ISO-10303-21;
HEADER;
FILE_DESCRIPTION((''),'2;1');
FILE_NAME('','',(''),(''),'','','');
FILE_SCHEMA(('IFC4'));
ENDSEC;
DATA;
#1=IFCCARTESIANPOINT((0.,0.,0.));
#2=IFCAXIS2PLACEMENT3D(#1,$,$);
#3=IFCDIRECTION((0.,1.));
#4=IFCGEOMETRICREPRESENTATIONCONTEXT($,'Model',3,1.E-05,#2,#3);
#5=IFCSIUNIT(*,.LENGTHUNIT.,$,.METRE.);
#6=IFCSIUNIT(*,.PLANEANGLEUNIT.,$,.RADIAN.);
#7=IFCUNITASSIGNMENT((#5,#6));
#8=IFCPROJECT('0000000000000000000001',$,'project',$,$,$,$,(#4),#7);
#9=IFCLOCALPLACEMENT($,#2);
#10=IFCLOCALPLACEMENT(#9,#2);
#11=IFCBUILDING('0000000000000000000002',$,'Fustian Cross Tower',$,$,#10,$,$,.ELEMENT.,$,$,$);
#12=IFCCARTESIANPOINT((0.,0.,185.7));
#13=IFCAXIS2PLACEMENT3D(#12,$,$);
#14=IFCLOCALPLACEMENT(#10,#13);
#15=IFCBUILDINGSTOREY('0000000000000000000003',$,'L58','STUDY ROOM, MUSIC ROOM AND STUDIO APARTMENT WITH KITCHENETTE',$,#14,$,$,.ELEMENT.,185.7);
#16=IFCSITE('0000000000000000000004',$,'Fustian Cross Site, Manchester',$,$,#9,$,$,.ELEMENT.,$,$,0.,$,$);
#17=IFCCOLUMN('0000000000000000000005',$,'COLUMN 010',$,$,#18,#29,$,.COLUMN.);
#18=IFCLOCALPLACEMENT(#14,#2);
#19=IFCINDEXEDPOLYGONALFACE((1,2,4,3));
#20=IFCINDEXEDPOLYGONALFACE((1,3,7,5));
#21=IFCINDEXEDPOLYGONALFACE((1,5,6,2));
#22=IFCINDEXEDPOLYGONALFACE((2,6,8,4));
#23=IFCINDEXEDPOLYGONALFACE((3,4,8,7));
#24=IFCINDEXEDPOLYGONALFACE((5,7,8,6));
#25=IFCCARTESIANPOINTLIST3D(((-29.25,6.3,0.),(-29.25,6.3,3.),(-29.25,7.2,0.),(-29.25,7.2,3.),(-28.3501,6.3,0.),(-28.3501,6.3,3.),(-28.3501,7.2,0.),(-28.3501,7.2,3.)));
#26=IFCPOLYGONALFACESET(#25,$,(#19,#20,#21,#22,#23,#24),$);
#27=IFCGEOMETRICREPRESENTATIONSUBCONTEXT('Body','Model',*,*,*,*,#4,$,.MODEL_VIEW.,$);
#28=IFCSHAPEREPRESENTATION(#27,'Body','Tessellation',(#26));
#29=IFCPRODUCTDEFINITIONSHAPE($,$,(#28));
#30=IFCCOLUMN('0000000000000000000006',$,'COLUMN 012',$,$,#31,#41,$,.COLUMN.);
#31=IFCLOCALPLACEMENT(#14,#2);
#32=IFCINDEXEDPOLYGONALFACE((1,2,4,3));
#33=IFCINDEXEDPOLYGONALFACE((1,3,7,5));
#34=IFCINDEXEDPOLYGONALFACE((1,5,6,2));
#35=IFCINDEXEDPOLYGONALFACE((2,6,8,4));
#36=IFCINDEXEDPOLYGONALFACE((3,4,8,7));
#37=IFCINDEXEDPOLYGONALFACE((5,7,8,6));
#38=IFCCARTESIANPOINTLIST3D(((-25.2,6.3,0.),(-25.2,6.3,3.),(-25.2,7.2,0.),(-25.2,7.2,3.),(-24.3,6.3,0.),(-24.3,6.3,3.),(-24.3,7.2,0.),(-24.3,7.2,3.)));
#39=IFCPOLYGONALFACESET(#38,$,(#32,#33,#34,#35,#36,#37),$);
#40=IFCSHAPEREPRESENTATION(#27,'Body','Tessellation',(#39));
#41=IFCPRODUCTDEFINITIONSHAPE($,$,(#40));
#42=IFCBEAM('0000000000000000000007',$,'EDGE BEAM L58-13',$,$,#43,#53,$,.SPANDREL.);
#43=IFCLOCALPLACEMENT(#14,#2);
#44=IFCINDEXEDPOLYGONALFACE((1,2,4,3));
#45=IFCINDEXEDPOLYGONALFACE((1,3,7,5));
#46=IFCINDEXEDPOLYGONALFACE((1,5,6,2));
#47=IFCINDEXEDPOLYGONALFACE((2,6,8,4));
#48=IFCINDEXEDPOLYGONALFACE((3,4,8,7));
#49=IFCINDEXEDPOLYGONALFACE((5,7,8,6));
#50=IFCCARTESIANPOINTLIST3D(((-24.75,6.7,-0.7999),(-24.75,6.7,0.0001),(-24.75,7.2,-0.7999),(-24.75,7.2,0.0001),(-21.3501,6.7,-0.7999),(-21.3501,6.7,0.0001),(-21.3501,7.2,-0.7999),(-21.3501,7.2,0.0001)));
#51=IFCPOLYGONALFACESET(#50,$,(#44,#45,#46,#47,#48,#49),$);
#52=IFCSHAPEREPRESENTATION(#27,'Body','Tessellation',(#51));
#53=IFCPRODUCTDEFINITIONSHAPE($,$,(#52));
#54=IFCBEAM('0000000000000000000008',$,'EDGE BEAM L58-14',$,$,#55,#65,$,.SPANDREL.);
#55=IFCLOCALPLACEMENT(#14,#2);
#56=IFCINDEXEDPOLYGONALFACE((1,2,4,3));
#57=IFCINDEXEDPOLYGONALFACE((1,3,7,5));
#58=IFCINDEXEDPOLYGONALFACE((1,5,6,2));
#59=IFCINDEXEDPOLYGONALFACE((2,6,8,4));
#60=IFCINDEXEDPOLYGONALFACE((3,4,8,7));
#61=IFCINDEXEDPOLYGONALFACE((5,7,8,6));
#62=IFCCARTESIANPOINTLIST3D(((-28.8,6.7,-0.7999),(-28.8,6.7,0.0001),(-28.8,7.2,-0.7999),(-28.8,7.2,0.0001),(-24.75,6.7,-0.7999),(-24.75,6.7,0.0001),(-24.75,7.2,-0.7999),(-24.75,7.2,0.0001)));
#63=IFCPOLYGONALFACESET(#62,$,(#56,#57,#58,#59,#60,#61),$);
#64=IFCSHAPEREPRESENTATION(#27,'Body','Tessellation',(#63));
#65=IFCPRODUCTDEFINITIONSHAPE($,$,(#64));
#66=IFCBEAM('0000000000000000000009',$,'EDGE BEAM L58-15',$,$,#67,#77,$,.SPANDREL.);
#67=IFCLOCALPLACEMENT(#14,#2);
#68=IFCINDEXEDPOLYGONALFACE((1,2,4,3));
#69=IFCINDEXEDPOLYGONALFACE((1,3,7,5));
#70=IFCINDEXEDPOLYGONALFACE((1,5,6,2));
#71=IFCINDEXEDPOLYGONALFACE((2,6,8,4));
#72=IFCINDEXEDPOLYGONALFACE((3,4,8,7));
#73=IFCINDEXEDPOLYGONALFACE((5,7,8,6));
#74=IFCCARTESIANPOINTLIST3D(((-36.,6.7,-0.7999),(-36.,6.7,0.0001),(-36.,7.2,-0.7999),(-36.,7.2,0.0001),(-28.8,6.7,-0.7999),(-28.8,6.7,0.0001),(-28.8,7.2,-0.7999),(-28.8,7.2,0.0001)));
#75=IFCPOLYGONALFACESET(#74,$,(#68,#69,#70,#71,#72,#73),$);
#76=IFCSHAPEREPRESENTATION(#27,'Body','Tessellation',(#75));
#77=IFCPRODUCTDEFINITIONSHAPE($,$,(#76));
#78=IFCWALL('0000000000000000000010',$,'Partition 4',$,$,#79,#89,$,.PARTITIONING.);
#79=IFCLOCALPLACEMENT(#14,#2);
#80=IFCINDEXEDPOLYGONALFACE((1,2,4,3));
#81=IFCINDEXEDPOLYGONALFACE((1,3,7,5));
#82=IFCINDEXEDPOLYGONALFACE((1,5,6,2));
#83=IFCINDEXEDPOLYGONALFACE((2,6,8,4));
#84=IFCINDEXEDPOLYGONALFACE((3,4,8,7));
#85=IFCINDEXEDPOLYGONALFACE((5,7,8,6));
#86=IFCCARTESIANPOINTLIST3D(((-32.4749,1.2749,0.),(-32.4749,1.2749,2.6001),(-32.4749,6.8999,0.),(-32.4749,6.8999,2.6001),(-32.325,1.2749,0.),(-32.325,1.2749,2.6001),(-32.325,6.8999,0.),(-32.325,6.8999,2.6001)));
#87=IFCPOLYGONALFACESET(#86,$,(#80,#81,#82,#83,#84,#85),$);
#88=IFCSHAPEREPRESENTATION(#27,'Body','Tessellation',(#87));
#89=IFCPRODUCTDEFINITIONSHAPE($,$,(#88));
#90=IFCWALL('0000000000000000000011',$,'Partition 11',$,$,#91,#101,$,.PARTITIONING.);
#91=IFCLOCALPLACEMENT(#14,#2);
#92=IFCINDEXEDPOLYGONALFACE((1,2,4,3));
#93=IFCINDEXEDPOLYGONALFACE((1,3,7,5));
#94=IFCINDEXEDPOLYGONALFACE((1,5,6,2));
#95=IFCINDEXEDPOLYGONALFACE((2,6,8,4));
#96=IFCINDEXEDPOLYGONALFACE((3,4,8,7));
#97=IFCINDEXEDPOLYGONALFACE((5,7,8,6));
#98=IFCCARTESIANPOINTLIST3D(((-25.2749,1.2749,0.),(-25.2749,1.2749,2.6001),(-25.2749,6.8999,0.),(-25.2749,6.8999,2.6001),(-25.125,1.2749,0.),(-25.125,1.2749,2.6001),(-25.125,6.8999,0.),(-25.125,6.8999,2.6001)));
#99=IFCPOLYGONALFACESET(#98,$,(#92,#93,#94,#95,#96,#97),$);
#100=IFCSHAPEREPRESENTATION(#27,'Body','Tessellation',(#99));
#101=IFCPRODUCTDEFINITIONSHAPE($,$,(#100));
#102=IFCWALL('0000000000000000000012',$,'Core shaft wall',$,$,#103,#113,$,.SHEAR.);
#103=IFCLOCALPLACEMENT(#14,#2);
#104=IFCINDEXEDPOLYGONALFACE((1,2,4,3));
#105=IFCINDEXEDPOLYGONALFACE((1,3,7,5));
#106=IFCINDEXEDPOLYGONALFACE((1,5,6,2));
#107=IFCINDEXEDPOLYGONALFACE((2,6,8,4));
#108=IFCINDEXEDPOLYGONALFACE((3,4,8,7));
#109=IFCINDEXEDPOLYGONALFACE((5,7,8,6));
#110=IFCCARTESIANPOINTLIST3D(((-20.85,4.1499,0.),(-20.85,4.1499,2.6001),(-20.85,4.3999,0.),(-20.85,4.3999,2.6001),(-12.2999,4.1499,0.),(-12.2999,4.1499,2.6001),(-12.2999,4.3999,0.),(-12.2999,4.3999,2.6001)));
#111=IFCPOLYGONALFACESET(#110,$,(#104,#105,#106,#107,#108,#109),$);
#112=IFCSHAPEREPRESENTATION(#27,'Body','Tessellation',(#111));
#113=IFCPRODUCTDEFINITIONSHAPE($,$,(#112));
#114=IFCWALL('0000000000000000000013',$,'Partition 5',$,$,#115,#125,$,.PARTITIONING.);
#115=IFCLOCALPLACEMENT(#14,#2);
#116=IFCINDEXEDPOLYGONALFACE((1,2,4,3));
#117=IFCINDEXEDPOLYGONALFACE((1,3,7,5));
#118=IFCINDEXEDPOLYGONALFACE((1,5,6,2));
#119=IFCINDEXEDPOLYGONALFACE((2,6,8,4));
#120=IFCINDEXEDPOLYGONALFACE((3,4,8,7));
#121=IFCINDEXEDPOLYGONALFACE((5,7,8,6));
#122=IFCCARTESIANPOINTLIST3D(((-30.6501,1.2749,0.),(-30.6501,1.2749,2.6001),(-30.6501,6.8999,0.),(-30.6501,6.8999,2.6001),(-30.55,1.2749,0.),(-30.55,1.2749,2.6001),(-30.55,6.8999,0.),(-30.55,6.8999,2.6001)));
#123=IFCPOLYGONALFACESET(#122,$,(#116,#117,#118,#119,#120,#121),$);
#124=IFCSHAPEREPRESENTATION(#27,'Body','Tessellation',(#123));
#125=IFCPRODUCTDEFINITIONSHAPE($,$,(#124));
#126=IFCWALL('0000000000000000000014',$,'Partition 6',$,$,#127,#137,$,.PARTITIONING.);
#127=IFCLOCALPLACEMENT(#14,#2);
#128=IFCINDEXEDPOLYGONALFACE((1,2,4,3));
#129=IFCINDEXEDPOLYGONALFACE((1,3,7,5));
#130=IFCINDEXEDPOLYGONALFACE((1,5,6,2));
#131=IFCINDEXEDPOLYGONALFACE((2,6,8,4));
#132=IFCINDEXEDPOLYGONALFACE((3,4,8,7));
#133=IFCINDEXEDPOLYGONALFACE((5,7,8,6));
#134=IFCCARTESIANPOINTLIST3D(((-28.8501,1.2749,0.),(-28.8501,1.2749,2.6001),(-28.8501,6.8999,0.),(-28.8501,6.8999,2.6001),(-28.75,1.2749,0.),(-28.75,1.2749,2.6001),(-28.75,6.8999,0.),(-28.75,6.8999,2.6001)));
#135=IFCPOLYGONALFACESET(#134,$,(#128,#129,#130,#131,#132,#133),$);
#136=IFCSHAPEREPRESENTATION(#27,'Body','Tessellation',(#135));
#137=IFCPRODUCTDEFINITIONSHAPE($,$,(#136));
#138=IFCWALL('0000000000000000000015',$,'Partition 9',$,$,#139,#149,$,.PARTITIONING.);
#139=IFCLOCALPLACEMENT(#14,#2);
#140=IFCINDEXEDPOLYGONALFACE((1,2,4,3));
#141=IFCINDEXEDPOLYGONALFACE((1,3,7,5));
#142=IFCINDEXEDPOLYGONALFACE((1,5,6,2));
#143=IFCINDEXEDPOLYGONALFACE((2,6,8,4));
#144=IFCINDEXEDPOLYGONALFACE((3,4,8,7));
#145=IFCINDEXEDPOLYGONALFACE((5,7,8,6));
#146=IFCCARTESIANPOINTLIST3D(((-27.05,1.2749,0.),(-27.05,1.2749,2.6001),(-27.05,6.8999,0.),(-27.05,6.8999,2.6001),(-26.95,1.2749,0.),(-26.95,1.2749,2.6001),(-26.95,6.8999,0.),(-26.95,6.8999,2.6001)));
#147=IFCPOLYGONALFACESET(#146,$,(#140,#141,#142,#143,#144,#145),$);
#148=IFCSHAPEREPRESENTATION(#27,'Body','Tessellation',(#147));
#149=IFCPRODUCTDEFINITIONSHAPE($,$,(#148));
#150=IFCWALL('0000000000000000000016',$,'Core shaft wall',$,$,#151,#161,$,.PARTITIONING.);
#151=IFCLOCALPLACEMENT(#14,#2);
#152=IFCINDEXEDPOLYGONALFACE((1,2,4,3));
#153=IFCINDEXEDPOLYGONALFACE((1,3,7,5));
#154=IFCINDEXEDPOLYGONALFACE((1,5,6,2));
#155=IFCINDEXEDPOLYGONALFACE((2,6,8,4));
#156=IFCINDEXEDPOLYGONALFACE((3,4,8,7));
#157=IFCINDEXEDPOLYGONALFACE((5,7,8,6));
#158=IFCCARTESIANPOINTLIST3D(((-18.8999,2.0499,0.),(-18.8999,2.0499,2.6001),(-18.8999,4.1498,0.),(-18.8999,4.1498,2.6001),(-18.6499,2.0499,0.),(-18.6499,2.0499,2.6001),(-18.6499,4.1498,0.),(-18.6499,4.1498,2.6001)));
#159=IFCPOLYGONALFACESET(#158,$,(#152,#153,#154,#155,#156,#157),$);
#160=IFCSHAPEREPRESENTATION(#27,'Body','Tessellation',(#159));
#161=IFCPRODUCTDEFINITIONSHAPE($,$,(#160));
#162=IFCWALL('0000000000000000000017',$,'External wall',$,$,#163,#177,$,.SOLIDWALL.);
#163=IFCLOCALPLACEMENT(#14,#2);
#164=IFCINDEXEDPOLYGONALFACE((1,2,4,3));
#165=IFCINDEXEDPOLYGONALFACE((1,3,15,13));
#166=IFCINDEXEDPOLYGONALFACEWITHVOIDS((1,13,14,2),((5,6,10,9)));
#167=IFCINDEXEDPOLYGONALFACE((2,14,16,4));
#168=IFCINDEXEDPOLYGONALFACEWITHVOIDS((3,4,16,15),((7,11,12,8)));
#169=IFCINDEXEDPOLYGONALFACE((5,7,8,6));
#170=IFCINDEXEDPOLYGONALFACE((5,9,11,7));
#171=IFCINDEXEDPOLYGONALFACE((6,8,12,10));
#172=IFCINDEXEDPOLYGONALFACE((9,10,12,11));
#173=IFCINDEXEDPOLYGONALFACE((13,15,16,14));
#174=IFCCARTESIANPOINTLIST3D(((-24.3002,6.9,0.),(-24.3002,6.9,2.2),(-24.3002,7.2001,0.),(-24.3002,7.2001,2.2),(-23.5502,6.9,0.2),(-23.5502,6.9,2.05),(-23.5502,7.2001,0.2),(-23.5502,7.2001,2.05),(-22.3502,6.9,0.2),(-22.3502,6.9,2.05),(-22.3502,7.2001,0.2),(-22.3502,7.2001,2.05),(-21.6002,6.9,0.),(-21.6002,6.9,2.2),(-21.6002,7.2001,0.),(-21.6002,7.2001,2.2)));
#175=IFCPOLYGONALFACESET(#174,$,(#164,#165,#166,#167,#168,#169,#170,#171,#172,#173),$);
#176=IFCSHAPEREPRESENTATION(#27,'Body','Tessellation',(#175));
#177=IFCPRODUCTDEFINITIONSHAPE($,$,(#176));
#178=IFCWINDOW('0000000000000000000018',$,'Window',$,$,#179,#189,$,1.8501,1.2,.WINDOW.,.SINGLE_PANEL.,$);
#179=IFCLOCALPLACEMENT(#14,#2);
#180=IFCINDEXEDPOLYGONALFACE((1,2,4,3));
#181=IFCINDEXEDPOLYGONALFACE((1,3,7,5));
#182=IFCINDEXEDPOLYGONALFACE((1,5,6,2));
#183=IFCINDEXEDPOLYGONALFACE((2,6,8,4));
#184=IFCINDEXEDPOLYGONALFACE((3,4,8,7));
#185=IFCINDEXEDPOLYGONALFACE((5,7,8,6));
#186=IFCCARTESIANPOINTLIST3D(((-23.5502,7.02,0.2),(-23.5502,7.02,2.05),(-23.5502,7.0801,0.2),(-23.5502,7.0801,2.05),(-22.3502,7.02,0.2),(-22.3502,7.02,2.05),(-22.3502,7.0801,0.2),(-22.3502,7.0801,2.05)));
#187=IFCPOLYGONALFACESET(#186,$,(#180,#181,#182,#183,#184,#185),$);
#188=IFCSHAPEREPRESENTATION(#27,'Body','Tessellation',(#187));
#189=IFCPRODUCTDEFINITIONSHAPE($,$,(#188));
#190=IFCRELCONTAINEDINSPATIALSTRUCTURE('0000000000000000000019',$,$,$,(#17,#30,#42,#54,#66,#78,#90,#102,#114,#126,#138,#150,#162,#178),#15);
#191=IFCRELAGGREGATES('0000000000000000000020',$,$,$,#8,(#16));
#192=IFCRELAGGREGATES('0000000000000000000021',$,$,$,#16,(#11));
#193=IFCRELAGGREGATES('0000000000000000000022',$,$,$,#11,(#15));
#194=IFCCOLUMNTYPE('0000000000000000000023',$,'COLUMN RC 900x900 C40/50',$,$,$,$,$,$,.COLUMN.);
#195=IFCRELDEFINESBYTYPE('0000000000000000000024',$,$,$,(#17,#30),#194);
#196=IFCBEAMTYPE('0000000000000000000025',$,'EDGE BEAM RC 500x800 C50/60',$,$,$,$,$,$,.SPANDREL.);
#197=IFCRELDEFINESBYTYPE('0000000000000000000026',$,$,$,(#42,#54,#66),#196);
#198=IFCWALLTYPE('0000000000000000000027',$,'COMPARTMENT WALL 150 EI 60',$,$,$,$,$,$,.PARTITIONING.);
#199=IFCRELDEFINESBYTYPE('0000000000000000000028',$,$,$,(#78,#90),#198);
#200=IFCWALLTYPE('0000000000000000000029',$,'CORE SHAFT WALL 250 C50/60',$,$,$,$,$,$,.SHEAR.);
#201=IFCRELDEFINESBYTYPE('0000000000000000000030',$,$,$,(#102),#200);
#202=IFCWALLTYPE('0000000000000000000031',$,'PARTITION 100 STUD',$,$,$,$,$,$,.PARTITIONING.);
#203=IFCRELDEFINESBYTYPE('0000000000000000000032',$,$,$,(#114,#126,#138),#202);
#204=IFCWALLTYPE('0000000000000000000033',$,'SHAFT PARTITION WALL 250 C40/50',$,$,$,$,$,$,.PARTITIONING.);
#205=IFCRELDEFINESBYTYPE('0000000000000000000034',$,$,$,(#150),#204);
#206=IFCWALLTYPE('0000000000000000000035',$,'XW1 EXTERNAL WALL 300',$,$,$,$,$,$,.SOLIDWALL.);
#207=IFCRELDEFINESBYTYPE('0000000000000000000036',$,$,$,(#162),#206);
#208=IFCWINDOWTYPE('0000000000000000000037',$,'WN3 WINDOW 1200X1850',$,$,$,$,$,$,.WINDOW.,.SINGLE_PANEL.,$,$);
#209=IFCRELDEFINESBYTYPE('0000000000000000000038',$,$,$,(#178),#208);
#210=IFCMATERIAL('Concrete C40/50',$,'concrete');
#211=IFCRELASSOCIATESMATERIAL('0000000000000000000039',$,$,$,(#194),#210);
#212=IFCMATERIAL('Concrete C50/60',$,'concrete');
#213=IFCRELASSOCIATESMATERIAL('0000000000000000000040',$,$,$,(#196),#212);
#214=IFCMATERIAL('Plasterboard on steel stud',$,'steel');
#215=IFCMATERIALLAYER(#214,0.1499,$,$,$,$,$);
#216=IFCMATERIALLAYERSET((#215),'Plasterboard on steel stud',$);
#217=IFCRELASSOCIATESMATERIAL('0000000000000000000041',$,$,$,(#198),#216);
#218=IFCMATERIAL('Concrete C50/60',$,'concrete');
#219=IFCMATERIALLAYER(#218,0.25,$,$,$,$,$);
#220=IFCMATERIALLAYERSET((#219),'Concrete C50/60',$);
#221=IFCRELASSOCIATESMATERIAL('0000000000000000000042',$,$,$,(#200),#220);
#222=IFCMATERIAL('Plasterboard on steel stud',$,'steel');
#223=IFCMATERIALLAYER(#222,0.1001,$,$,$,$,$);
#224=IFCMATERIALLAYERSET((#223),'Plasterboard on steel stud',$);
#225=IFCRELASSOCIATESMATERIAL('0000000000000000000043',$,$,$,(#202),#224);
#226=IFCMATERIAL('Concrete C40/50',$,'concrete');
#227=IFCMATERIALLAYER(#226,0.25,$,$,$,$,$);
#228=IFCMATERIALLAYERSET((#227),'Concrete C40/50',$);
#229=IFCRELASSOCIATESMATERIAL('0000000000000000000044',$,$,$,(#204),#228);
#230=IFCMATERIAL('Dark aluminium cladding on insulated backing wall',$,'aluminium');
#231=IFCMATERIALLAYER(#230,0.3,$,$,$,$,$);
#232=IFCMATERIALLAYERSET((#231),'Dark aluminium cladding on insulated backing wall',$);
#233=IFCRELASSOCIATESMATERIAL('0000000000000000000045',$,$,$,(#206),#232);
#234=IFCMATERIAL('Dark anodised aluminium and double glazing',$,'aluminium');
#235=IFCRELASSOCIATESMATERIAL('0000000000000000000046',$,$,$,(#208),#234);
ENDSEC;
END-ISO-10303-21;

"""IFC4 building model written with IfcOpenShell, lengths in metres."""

from ifc_helpers import new_model, si_unit, direction, frame, frame_2d, origin, origin_2d, place, context, subcontext, project, spatial, rectangle, extrude, material, layer, layer_set, material_profile, profile_set, type_object, element, fill, save


model = new_model("IFC4")

# Units and contexts
model_context = context("Model", 3, precision=1e-05, world=origin(), true_north=direction((0.0, 1.0)))
body_context = subcontext(model_context, "Body", "Model", "MODEL_VIEW")
ifc_project = project(units=[si_unit("LENGTHUNIT", "METRE"), si_unit("PLANEANGLEUNIT", "RADIAN")], contexts=[model_context])

# Site, building, storey
site_placement = place(None, origin())
site = spatial("IfcSite", under=ifc_project, at=site_placement, Name="Fustian Cross Site, Manchester", CompositionType="ELEMENT", RefElevation=0.0)
building_placement = place(site_placement, origin())
building = spatial("IfcBuilding", under=site, at=building_placement, Name="Fustian Cross Tower", CompositionType="ELEMENT")
storey_placement = place(building_placement, frame((0.0, 0.0, 185.7)))
storey = spatial("IfcBuildingStorey", under=building, at=storey_placement, Name="L58", Description="STUDY ROOM, MUSIC ROOM AND STUDIO APARTMENT WITH KITCHENETTE", CompositionType="ELEMENT", Elevation=185.7)

# Columns
ifc_material_1 = material(Name="Concrete C40/50", Category="concrete")
ifc_material_profile_1 = material_profile(ifc_material_1, rectangle(XDim=0.8999, YDim=0.8999, at=origin_2d()), Name="RC 900x900")
ifc_profile_set_1 = profile_set([ifc_material_profile_1], Name="Concrete C40/50")
column_type = type_object("IfcColumnType", Name="COLUMN RC 900x900 C40/50", PredefinedType="COLUMN", material=ifc_profile_set_1)
for number, where, z_axis, x_axis, name in (
    (1, (-28.8, 6.75, 0.0), (0.0, 0.0, 1.0), (1.0, 0.0, 0.0), "COLUMN 010"),
    (2, (-24.75, 6.75, 0.0), (0.0, 0.0, 1.0), (1.0, 0.0, 0.0), "COLUMN 012"),
):
    element("IfcColumn", number, at=place(storey_placement, frame(where, z_axis=z_axis, x_axis=x_axis)), inside=storey, type_object=column_type, Name=name, PredefinedType="COLUMN", context=body_context, shape_type="SweptSolid", body=[
        extrude(rectangle(XDim=0.8999, YDim=0.8999, at=origin_2d()), origin(), (0.0, 0.0, 1.0), 3.0),
    ])

# Beams
ifc_material_2 = material(Name="Concrete C50/60", Category="concrete")
ifc_material_profile_2 = material_profile(ifc_material_2, rectangle(XDim=0.5, YDim=0.8, at=origin_2d()), Name="RC 500x800")
ifc_profile_set_2 = profile_set([ifc_material_profile_2], Name="Concrete C50/60")
beam_type = type_object("IfcBeamType", Name="EDGE BEAM RC 500x800 C50/60", PredefinedType="SPANDREL", material=ifc_profile_set_2)
beam_1_placement = place(storey_placement, frame((-21.3501, 6.95, -0.3999), z_axis=(-1.0, 0.0, 0.0), x_axis=(0.0, -1.0, 0.0)))
element("IfcBeam", 3, at=beam_1_placement, inside=storey, type_object=beam_type, Name="EDGE BEAM L58-13", PredefinedType="SPANDREL", context=body_context, shape_type="SweptSolid", body=[
    extrude(rectangle(XDim=0.5, YDim=0.8, at=origin_2d()), origin(), (0.0, 0.0, 1.0), 3.3999),
])
beam_2_placement = place(storey_placement, frame((-24.75, 6.95, -0.3999), z_axis=(-1.0, 0.0, 0.0), x_axis=(0.0, -1.0, 0.0)))
element("IfcBeam", 4, at=beam_2_placement, inside=storey, type_object=beam_type, Name="EDGE BEAM L58-14", PredefinedType="SPANDREL", context=body_context, shape_type="SweptSolid", body=[
    extrude(rectangle(XDim=0.5, YDim=0.8, at=origin_2d()), origin(), (0.0, 0.0, 1.0), 4.05),
])
beam_3_placement = place(storey_placement, frame((-28.8, 6.95, -0.3999), z_axis=(-1.0, 0.0, 0.0), x_axis=(0.0, -1.0, 0.0)))
element("IfcBeam", 5, at=beam_3_placement, inside=storey, type_object=beam_type, Name="EDGE BEAM L58-15", PredefinedType="SPANDREL", context=body_context, shape_type="SweptSolid", body=[
    extrude(rectangle(XDim=0.5, YDim=0.8, at=origin_2d()), origin(), (0.0, 0.0, 1.0), 7.2),
])

# Walls
ifc_material_3 = material(Name="Plasterboard on steel stud", Category="steel")
ifc_layer_1 = layer(ifc_material_3, 0.1499)
ifc_layer_set_1 = layer_set([ifc_layer_1], Name="Plasterboard on steel stud")
wall_type_1 = type_object("IfcWallType", Name="COMPARTMENT WALL 150 EI 60", PredefinedType="PARTITIONING", material=ifc_layer_set_1)
for number, where, z_axis, x_axis, name in (
    (6, (-32.3999, 1.2749, 0.0), (0.0, 0.0, 1.0), (0.0, 1.0, 0.0), "Partition 4"),
    (7, (-25.2, 1.2749, 0.0), (0.0, 0.0, 1.0), (0.0, 1.0, 0.0), "Partition 11"),
):
    element("IfcWall", number, at=place(storey_placement, frame(where, z_axis=z_axis, x_axis=x_axis)), inside=storey, type_object=wall_type_1, Name=name, PredefinedType="PARTITIONING", context=body_context, shape_type="SweptSolid", body=[
        extrude(rectangle(XDim=5.625, YDim=0.1499, at=frame_2d((2.8125, 0.0))), origin(), (0.0, 0.0, 1.0), 2.6001),
    ])
ifc_material_4 = material(Name="Concrete C50/60", Category="concrete")
ifc_layer_2 = layer(ifc_material_4, 0.25)
ifc_layer_set_2 = layer_set([ifc_layer_2], Name="Concrete C50/60")
wall_type_2 = type_object("IfcWallType", Name="CORE SHAFT WALL 250 C50/60", PredefinedType="SHEAR", material=ifc_layer_set_2)
wall_1_placement = place(storey_placement, frame((-12.3, 4.2749, 0.0), z_axis=(0.0, 0.0, 1.0), x_axis=(-1.0, 0.0, 0.0)))
element("IfcWall", 8, at=wall_1_placement, inside=storey, type_object=wall_type_2, Name="Core shaft wall", PredefinedType="SHEAR", context=body_context, shape_type="SweptSolid", body=[
    extrude(rectangle(XDim=8.55, YDim=0.25, at=frame_2d((4.2749, 0.0))), origin(), (0.0, 0.0, 1.0), 2.6001),
])
ifc_material_5 = material(Name="Plasterboard on steel stud", Category="steel")
ifc_layer_3 = layer(ifc_material_5, 0.1001)
ifc_layer_set_3 = layer_set([ifc_layer_3], Name="Plasterboard on steel stud")
wall_type_3 = type_object("IfcWallType", Name="PARTITION 100 STUD", PredefinedType="PARTITIONING", material=ifc_layer_set_3)
for number, where, z_axis, x_axis, name in (
    (9, (-30.6001, 1.2749, 0.0), (0.0, 0.0, 1.0), (0.0, 1.0, 0.0), "Partition 5"),
    (10, (-28.8, 1.2749, 0.0), (0.0, 0.0, 1.0), (0.0, 1.0, 0.0), "Partition 6"),
    (11, (-27.0, 1.2749, 0.0), (0.0, 0.0, 1.0), (0.0, 1.0, 0.0), "Partition 9"),
):
    element("IfcWall", number, at=place(storey_placement, frame(where, z_axis=z_axis, x_axis=x_axis)), inside=storey, type_object=wall_type_3, Name=name, PredefinedType="PARTITIONING", context=body_context, shape_type="SweptSolid", body=[
        extrude(rectangle(XDim=5.625, YDim=0.1001, at=frame_2d((2.8125, 0.0))), origin(), (0.0, 0.0, 1.0), 2.6001),
    ])
ifc_material_6 = material(Name="Concrete C40/50", Category="concrete")
ifc_layer_4 = layer(ifc_material_6, 0.25)
ifc_layer_set_4 = layer_set([ifc_layer_4], Name="Concrete C40/50")
wall_type_4 = type_object("IfcWallType", Name="SHAFT PARTITION WALL 250 C40/50", PredefinedType="PARTITIONING", material=ifc_layer_set_4)
wall_2_placement = place(storey_placement, frame((-18.7749, 2.05, 0.0), z_axis=(0.0, 0.0, 1.0), x_axis=(0.0, 1.0, 0.0)))
element("IfcWall", 12, at=wall_2_placement, inside=storey, type_object=wall_type_4, Name="Core shaft wall", PredefinedType="PARTITIONING", context=body_context, shape_type="SweptSolid", body=[
    extrude(rectangle(XDim=2.0999, YDim=0.25, at=frame_2d((1.0498, 0.0))), origin(), (0.0, 0.0, 1.0), 2.6001),
])

# Wall, opening, window
ifc_material_7 = material(Name="Dark aluminium cladding on insulated backing wall", Category="aluminium")
ifc_layer_5 = layer(ifc_material_7, 0.3)
ifc_layer_set_5 = layer_set([ifc_layer_5], Name="Dark aluminium cladding on insulated backing wall")
wall_type_5 = type_object("IfcWallType", Name="XW1 EXTERNAL WALL 300", PredefinedType="SOLIDWALL", material=ifc_layer_set_5)
wall_3_placement = place(storey_placement, frame((-21.6001, 7.05, 0.0), z_axis=(0.0, 0.0, 1.0), x_axis=(-1.0, 0.0, 0.0)))
wall_3 = element("IfcWall", 13, at=wall_3_placement, inside=storey, type_object=wall_type_5, Name="External wall", PredefinedType="SOLIDWALL", context=body_context, shape_type="SweptSolid", body=[
    extrude(rectangle(XDim=2.7, YDim=0.3, at=frame_2d((1.3501, 0.0))), origin(), (0.0, 0.0, 1.0), 2.2),
])
opening_placement = place(wall_3_placement, frame((0.75, 0.0, 0.2)))
opening = element("IfcOpeningElement", 14, at=opening_placement, cuts=wall_3, PredefinedType="OPENING", context=body_context, shape_type="SweptSolid", body=[
    extrude(rectangle(XDim=1.2, YDim=1.8501, at=frame_2d((0.6001, 0.925))), frame((0.0, 0.1599, 0.0), z_axis=(0.0, -1.0, 0.0), x_axis=(1.0, 0.0, 0.0)), (0.0, 0.0, 1.0), 0.3201),
])
ifc_material_8 = material(Name="Dark anodised aluminium and double glazing", Category="aluminium")
window_type = type_object("IfcWindowType", Name="WN3 WINDOW 1200X1850", PartitioningType="SINGLE_PANEL", PredefinedType="WINDOW", material=ifc_material_8)
window_placement = place(opening_placement, origin())
window = element("IfcWindow", 15, at=window_placement, inside=storey, type_object=window_type, Name="Window", OverallHeight=1.8501, OverallWidth=1.2, PartitioningType="SINGLE_PANEL", PredefinedType="WINDOW", context=body_context, shape_type="SweptSolid", body=[
    extrude(rectangle(XDim=1.2, YDim=1.8501, at=frame_2d((0.6001, 0.925))), frame((0.0, 0.03, 0.0), z_axis=(0.0, -1.0, 0.0), x_axis=(1.0, 0.0, 0.0)), (0.0, 0.0, 1.0), 0.0601),
])
fill(opening, window)

save(model, "model.ifc")
